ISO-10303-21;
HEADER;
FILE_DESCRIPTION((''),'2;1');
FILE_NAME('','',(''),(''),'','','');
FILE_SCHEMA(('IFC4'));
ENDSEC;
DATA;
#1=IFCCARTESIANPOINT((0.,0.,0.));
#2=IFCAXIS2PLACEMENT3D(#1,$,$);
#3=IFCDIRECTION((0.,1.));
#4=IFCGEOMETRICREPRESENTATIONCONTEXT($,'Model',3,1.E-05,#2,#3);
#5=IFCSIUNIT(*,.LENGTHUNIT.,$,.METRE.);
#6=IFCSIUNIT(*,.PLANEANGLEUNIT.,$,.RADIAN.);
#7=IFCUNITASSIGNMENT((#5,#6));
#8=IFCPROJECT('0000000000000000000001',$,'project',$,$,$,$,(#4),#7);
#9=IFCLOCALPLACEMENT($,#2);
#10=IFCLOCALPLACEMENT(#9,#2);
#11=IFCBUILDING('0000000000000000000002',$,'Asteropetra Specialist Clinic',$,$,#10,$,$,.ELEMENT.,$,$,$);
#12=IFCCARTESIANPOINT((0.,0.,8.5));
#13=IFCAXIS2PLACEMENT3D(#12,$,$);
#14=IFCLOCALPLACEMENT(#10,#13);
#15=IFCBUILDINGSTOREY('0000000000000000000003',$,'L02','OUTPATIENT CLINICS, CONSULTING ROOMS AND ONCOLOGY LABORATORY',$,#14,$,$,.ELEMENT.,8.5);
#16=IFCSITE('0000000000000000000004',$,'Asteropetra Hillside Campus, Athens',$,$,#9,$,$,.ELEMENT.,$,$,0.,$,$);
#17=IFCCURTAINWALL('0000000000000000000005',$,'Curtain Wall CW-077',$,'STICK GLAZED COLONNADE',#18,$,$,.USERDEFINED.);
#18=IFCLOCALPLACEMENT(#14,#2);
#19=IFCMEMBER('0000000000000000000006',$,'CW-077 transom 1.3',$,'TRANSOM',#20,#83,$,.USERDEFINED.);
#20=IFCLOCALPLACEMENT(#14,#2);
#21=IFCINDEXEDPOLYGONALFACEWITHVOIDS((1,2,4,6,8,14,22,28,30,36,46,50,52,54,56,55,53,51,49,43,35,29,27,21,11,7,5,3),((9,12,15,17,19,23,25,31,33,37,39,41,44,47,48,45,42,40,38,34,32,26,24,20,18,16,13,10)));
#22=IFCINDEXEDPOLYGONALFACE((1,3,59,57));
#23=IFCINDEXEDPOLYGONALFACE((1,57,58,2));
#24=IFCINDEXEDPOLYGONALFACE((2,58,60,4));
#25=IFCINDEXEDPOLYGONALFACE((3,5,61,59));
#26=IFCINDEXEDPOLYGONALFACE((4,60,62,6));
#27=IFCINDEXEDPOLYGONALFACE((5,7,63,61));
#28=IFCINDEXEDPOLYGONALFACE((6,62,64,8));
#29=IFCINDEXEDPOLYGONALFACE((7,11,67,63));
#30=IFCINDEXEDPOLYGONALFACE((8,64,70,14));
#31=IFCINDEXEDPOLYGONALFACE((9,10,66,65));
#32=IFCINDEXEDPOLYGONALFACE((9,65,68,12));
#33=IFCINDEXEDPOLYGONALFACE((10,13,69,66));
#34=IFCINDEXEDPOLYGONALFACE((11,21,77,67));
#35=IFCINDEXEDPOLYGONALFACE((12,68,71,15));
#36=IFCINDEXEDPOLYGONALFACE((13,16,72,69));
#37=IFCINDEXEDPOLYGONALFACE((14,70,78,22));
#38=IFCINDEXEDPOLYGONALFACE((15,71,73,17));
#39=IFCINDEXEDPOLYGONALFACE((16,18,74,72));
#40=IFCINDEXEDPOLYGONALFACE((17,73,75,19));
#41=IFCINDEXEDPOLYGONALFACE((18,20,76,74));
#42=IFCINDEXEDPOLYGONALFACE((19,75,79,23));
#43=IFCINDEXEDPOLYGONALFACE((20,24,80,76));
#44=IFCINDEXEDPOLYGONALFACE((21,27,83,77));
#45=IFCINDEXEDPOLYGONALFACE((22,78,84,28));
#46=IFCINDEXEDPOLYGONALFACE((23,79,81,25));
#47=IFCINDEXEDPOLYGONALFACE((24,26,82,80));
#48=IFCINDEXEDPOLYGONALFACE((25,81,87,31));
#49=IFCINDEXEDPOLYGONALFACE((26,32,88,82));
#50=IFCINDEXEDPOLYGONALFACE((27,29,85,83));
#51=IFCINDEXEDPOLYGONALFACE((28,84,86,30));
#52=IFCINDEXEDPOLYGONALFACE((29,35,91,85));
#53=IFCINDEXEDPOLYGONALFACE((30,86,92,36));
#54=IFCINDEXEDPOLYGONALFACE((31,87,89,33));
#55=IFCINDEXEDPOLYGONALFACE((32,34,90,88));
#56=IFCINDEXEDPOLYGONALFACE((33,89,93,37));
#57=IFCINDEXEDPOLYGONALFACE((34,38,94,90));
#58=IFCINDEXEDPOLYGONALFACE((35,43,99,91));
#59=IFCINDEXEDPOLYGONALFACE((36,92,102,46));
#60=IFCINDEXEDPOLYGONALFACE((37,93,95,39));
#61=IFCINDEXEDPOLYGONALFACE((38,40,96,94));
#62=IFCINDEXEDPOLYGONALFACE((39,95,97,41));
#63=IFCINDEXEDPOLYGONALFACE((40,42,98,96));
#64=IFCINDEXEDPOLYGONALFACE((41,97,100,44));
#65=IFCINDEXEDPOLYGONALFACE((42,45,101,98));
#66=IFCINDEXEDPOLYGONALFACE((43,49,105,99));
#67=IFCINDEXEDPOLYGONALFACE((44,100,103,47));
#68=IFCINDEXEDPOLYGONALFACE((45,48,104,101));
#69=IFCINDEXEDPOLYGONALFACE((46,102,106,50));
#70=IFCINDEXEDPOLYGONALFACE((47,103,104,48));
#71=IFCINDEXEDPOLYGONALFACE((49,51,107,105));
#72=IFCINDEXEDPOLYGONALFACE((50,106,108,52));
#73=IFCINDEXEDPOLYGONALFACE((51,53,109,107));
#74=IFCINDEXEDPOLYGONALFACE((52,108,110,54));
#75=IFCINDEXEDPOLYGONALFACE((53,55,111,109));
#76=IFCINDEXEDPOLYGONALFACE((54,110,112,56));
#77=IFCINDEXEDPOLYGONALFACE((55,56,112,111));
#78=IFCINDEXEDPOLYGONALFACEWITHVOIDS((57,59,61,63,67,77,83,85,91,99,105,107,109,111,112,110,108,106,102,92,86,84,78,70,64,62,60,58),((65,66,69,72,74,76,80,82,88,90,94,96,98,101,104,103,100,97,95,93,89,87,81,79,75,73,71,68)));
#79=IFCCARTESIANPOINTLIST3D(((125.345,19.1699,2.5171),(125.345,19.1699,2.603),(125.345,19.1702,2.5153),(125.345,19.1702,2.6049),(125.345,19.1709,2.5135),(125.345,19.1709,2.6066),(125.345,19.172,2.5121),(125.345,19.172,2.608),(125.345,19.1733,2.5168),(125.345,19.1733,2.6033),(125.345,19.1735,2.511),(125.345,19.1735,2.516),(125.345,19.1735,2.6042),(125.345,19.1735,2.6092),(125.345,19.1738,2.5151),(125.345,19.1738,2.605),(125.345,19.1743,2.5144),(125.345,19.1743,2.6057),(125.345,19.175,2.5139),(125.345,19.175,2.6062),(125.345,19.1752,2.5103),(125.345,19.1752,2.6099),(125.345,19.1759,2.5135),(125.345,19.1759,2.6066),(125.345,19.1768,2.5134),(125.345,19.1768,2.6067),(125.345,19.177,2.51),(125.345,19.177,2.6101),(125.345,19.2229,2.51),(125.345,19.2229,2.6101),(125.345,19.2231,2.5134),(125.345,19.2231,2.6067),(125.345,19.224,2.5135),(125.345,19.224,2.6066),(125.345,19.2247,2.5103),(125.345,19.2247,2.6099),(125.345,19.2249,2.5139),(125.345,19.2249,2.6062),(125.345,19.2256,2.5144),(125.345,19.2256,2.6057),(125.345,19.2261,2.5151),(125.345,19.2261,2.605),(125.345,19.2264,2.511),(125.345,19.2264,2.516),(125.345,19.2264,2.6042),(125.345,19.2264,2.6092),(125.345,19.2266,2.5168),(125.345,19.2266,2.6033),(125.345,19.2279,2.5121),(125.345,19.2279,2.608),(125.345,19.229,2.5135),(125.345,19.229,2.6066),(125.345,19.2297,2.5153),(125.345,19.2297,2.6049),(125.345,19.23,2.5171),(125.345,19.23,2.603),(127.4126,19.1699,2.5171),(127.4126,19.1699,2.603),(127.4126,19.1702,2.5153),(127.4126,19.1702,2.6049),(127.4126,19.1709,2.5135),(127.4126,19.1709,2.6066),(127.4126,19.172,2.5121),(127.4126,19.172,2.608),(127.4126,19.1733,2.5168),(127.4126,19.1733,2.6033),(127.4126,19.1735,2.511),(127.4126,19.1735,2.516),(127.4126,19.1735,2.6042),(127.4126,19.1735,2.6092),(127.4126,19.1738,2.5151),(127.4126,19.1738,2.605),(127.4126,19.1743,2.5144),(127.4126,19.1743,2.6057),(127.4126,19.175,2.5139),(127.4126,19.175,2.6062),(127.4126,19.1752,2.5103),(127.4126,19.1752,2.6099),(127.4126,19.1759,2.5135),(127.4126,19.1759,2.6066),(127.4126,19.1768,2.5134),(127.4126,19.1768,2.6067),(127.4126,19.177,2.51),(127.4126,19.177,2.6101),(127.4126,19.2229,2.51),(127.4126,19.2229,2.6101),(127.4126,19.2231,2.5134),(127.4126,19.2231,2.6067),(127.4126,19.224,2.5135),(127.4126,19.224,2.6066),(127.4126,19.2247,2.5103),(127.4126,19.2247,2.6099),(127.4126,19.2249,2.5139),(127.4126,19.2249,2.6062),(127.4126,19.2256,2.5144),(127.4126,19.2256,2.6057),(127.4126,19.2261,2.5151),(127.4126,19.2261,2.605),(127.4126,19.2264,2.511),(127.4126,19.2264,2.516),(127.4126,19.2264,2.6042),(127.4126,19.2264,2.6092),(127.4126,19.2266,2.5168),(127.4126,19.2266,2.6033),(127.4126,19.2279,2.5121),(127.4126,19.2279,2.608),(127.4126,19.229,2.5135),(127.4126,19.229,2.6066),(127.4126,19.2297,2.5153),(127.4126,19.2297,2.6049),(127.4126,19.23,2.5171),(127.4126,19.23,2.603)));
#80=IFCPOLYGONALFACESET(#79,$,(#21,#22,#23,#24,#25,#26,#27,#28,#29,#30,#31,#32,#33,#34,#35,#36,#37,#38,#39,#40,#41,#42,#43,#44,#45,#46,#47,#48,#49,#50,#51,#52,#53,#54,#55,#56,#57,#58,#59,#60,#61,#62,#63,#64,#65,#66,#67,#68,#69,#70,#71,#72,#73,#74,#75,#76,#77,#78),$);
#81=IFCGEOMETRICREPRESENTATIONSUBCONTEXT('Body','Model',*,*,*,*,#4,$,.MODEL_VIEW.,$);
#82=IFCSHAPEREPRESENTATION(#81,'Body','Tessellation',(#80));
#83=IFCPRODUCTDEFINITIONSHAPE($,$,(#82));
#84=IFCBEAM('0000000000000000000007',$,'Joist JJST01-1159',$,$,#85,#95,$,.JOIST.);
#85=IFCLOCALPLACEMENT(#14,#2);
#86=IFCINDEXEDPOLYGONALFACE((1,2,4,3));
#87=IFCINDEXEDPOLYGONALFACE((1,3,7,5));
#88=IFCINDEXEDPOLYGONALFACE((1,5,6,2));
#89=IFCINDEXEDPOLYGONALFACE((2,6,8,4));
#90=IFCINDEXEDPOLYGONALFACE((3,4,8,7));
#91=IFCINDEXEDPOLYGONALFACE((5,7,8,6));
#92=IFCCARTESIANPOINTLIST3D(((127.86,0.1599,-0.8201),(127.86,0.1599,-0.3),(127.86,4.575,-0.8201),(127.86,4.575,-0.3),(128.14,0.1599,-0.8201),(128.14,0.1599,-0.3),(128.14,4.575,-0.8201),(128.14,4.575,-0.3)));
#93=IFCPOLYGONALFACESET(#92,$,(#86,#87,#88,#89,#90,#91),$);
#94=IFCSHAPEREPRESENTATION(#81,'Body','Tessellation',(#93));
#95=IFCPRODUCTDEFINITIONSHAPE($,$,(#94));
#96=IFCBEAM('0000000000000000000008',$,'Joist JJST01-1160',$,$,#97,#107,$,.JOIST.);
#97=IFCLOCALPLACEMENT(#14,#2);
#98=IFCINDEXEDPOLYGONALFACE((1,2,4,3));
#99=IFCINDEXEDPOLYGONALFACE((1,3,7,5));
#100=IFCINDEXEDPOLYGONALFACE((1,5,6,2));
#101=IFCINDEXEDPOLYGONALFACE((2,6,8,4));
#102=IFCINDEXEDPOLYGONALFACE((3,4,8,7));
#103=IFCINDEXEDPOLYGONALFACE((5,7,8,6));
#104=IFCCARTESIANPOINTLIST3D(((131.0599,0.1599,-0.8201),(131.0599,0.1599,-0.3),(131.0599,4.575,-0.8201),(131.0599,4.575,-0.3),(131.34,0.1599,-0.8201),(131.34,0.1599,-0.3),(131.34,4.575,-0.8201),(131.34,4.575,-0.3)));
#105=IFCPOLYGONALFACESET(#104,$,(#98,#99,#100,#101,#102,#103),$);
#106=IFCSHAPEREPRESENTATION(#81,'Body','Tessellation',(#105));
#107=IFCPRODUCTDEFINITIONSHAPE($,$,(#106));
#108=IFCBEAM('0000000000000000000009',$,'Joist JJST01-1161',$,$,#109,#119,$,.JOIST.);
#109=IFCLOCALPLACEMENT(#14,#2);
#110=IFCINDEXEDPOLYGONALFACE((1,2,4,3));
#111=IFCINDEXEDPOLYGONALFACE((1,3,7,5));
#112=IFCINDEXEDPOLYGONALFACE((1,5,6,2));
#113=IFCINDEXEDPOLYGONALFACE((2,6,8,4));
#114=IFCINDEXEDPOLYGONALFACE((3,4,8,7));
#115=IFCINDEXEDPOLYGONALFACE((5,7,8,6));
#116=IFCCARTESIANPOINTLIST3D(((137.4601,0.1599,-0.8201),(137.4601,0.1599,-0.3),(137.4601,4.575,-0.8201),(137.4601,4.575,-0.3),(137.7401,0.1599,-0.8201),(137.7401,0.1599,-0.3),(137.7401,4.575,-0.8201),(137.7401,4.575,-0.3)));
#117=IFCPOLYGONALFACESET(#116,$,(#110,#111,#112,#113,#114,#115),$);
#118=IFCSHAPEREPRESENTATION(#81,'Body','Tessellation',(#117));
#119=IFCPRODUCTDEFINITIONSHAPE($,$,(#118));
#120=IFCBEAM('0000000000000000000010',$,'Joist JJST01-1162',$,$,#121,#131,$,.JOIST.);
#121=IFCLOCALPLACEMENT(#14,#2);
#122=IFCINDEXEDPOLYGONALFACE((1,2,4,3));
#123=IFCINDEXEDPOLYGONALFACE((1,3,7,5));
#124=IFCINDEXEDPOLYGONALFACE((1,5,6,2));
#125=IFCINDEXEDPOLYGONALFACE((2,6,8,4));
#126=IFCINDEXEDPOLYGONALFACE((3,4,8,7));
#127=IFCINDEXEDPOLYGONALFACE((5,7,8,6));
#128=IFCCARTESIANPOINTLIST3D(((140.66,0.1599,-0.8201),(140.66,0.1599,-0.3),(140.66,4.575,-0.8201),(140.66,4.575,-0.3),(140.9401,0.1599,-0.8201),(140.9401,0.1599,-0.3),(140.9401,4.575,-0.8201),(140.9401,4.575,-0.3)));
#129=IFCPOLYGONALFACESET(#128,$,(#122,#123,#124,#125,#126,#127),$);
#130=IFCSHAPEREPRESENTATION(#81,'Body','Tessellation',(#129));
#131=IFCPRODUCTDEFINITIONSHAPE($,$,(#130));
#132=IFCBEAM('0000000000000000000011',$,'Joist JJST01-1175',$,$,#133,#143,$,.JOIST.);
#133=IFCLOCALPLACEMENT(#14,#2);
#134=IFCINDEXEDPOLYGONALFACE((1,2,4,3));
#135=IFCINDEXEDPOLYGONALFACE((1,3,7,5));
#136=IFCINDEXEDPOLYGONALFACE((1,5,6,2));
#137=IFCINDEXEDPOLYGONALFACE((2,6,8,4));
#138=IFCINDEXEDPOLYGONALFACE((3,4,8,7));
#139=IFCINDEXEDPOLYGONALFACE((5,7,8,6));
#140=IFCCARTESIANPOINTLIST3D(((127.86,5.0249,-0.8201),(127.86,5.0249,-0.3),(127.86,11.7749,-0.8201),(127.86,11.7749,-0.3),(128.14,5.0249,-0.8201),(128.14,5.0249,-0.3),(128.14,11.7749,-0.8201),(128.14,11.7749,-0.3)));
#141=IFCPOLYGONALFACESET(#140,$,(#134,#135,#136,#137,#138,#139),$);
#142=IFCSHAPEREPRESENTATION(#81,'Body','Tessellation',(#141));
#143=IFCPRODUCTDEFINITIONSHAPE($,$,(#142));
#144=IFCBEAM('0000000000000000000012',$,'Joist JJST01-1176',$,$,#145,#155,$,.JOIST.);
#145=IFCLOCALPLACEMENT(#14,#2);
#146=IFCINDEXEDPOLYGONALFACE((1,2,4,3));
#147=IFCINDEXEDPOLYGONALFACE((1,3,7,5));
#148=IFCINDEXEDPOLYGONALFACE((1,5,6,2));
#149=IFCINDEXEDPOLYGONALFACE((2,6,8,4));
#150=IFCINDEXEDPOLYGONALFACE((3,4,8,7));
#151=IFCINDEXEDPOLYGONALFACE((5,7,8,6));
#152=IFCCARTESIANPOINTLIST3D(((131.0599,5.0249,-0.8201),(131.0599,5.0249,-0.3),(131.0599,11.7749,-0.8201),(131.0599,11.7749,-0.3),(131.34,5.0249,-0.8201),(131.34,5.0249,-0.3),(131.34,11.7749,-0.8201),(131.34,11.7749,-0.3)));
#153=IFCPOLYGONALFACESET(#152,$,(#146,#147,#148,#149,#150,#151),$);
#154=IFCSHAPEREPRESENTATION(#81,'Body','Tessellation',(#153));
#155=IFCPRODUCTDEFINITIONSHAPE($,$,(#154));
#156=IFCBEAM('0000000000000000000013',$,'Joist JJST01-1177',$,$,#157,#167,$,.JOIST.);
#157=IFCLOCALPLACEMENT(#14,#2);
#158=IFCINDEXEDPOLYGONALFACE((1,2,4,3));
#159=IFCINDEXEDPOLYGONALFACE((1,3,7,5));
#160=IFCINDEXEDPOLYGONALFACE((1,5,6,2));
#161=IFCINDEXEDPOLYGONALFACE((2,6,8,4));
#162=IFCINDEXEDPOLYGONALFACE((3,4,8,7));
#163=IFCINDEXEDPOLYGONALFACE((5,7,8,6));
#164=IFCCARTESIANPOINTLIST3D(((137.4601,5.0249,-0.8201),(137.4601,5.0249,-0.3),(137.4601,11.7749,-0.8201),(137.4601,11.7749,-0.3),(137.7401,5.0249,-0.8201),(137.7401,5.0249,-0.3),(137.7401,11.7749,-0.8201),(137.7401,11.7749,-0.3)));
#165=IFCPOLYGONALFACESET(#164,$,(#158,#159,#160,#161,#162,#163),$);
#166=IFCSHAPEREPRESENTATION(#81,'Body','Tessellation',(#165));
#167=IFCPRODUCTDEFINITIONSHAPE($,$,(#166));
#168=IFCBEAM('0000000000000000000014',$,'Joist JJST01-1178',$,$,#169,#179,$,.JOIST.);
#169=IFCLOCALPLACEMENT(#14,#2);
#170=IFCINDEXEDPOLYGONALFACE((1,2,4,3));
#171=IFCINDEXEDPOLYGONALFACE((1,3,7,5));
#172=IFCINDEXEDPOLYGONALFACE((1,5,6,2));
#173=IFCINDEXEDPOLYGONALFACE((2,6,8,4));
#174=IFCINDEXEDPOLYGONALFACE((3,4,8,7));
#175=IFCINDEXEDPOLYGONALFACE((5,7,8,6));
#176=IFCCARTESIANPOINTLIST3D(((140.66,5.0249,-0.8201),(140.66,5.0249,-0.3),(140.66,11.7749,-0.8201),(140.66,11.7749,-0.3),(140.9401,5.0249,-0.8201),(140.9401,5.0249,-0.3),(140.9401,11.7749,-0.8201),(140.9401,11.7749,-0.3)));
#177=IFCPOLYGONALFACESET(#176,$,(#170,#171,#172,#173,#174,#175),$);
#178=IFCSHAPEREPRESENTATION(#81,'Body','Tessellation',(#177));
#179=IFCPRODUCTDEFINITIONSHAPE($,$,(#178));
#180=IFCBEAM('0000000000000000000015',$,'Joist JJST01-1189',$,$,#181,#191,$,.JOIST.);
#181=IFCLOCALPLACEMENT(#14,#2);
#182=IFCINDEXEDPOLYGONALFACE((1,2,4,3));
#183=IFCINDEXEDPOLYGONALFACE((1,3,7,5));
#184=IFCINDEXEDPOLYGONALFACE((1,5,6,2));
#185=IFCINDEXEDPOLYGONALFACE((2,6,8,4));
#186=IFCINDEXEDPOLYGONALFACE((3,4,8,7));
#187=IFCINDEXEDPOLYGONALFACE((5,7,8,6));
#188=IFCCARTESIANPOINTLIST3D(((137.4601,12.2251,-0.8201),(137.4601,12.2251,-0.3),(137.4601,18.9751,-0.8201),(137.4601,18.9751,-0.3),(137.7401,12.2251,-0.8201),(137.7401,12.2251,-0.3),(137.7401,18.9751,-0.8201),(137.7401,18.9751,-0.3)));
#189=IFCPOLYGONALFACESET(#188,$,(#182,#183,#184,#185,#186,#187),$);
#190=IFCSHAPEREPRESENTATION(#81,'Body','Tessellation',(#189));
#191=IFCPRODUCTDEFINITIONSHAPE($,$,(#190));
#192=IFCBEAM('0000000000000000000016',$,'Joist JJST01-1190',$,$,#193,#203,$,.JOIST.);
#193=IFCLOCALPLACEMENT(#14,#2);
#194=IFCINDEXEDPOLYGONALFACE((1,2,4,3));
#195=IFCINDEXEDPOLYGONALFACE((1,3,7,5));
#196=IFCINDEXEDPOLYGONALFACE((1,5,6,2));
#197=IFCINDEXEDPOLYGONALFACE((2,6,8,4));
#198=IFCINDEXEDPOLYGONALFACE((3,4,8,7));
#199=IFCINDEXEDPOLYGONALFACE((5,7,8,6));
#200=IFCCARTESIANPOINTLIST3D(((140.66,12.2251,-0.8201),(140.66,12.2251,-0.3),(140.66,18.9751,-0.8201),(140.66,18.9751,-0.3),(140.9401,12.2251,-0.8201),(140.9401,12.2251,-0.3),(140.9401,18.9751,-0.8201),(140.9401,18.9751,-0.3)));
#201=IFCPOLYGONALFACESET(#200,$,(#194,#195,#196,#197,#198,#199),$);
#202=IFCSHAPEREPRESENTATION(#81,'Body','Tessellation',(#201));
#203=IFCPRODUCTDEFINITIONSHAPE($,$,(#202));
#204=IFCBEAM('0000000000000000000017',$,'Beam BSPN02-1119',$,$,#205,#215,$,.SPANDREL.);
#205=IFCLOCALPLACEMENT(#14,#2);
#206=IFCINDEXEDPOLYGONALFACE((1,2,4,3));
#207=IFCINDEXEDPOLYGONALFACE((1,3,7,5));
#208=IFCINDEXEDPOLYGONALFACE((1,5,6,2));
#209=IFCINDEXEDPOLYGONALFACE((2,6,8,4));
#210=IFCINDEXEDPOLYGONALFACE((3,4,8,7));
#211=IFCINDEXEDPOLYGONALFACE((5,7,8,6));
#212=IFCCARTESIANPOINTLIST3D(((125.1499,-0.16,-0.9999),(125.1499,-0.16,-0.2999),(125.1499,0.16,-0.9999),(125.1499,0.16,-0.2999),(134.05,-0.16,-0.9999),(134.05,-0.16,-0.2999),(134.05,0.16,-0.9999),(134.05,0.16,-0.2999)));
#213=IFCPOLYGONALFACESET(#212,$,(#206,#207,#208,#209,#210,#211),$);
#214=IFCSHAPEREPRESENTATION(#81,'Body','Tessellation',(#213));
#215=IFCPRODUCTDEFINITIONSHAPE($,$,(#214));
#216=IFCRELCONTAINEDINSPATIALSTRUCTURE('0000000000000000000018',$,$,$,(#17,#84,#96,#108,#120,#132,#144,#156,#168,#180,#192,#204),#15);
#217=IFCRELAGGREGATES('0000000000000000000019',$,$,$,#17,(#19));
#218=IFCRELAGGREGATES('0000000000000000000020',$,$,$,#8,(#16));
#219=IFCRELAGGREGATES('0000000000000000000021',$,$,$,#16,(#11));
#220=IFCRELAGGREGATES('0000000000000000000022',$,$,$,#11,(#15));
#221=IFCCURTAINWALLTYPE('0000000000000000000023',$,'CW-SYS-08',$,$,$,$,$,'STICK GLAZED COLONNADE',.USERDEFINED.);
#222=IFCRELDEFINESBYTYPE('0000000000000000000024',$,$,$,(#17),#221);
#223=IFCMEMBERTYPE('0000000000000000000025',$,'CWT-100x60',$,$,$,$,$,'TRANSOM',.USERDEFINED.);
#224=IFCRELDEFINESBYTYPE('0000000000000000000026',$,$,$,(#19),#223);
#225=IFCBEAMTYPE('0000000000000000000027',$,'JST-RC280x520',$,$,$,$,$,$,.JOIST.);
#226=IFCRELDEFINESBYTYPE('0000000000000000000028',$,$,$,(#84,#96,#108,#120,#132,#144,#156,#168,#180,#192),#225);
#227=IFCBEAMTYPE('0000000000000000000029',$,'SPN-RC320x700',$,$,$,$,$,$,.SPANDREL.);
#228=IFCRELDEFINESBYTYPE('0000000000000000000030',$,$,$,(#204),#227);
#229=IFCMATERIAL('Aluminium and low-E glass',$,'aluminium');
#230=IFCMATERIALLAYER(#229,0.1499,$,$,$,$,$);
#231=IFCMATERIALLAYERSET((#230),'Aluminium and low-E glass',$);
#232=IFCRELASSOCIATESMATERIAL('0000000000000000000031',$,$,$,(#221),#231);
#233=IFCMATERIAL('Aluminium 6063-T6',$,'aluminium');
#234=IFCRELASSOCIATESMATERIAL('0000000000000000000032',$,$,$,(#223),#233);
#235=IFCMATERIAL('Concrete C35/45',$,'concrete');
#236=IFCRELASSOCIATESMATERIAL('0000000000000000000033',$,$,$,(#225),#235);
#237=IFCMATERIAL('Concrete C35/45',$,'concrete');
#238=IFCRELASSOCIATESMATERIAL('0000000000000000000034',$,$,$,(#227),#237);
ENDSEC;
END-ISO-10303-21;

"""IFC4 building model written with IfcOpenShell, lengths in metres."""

from ifc_helpers import new_model, si_unit, direction, frame, origin, origin_2d, place, context, subcontext, project, spatial, rectangle, hollow_rectangle, extrude, material, layer, layer_set, material_profile, profile_set, type_object, element, aggregate, save


model = new_model("IFC4")

# Units and contexts
model_context = context("Model", 3, precision=1e-05, world=origin(), true_north=direction((0.0, 1.0)))
body_context = subcontext(model_context, "Body", "Model", "MODEL_VIEW")
ifc_project = project(units=[si_unit("LENGTHUNIT", "METRE"), si_unit("PLANEANGLEUNIT", "RADIAN")], contexts=[model_context])

# Site, building, storey
site_placement = place(None, origin())
site = spatial("IfcSite", under=ifc_project, at=site_placement, Name="Asteropetra Hillside Campus, Athens", CompositionType="ELEMENT", RefElevation=0.0)
building_placement = place(site_placement, origin())
building = spatial("IfcBuilding", under=site, at=building_placement, Name="Asteropetra Specialist Clinic", CompositionType="ELEMENT")
storey_placement = place(building_placement, frame((0.0, 0.0, 8.5)))
storey = spatial("IfcBuildingStorey", under=building, at=storey_placement, Name="L02", Description="OUTPATIENT CLINICS, CONSULTING ROOMS AND ONCOLOGY LABORATORY", CompositionType="ELEMENT", Elevation=8.5)

# Curtain wall, member
ifc_material_1 = material(Name="Aluminium and low-E glass", Category="aluminium")
ifc_layer_1 = layer(ifc_material_1, 0.1499)
ifc_layer_set_1 = layer_set([ifc_layer_1], Name="Aluminium and low-E glass")
curtain_wall_type = type_object("IfcCurtainWallType", Name="CW-SYS-08", ElementType="STICK GLAZED COLONNADE", PredefinedType="USERDEFINED", material=ifc_layer_set_1)
curtain_wall_placement = place(storey_placement, origin())
curtain_wall = element("IfcCurtainWall", 1, at=curtain_wall_placement, inside=storey, type_object=curtain_wall_type, Name="Curtain Wall CW-077", ObjectType="STICK GLAZED COLONNADE", PredefinedType="USERDEFINED")
ifc_material_2 = material(Name="Aluminium 6063-T6", Category="aluminium")
ifc_material_profile_1 = material_profile(ifc_material_2, hollow_rectangle(XDim=0.0601, YDim=0.1001, WallThickness=0.0034, InnerFilletRadius=0.0034, OuterFilletRadius=0.0071, at=origin_2d()), Name="TRN 100x60x3.5")
ifc_profile_set_1 = profile_set([ifc_material_profile_1], Name="Aluminium 6063-T6")
member_type_1 = type_object("IfcMemberType", Name="CWT-100x60", ElementType="TRANSOM", PredefinedType="USERDEFINED", material=ifc_profile_set_1)
member_1_placement = place(storey_placement, frame((125.345, 19.2, 2.5601), z_axis=(1.0, 0.0, 0.0), x_axis=(0.0, 1.0, 0.0)))
member_1 = element("IfcMember", 2, at=member_1_placement, type_object=member_type_1, Name="CW-077 transom 1.3", ObjectType="TRANSOM", PredefinedType="USERDEFINED", context=body_context, shape_type="SweptSolid", body=[
    extrude(hollow_rectangle(XDim=0.0601, YDim=0.1001, WallThickness=0.0034, InnerFilletRadius=0.0034, OuterFilletRadius=0.0071, at=origin_2d()), origin(), (0.0, 0.0, 1.0), 2.0676),
])
aggregate(curtain_wall, [member_1])

# Beams
ifc_material_3 = material(Name="Concrete C35/45", Category="concrete")
ifc_material_profile_2 = material_profile(ifc_material_3, rectangle(XDim=0.28, YDim=0.52, at=origin_2d()), Name="RCJ 280x520")
ifc_profile_set_2 = profile_set([ifc_material_profile_2], Name="Concrete C35/45")
beam_type_1 = type_object("IfcBeamType", Name="JST-RC280x520", PredefinedType="JOIST", material=ifc_profile_set_2)
for number, where, z_axis, x_axis, name in (
    (3, (128.0, 0.1599, -0.5601), (0.0, 1.0, 0.0), (-1.0, 0.0, 0.0), "Joist JJST01-1159"),
    (4, (131.2, 0.1599, -0.5601), (0.0, 1.0, 0.0), (-1.0, 0.0, 0.0), "Joist JJST01-1160"),
    (5, (137.6001, 0.1599, -0.5601), (0.0, 1.0, 0.0), (-1.0, 0.0, 0.0), "Joist JJST01-1161"),
    (6, (140.8, 0.1599, -0.5601), (0.0, 1.0, 0.0), (-1.0, 0.0, 0.0), "Joist JJST01-1162"),
):
    element("IfcBeam", number, at=place(storey_placement, frame(where, z_axis=z_axis, x_axis=x_axis)), inside=storey, type_object=beam_type_1, Name=name, PredefinedType="JOIST", context=body_context, shape_type="SweptSolid", body=[
        extrude(rectangle(XDim=0.28, YDim=0.52, at=origin_2d()), origin(), (0.0, 0.0, 1.0), 4.415),
    ])
for number, where, z_axis, x_axis, name in (
    (7, (128.0, 5.0249, -0.5601), (0.0, 1.0, 0.0), (-1.0, 0.0, 0.0), "Joist JJST01-1175"),
    (8, (131.2, 5.0249, -0.5601), (0.0, 1.0, 0.0), (-1.0, 0.0, 0.0), "Joist JJST01-1176"),
    (9, (137.6001, 5.0249, -0.5601), (0.0, 1.0, 0.0), (-1.0, 0.0, 0.0), "Joist JJST01-1177"),
    (10, (140.8, 5.0249, -0.5601), (0.0, 1.0, 0.0), (-1.0, 0.0, 0.0), "Joist JJST01-1178"),
    (11, (137.6001, 12.2251, -0.5601), (0.0, 1.0, 0.0), (-1.0, 0.0, 0.0), "Joist JJST01-1189"),
    (12, (140.8, 12.2251, -0.5601), (0.0, 1.0, 0.0), (-1.0, 0.0, 0.0), "Joist JJST01-1190"),
):
    element("IfcBeam", number, at=place(storey_placement, frame(where, z_axis=z_axis, x_axis=x_axis)), inside=storey, type_object=beam_type_1, Name=name, PredefinedType="JOIST", context=body_context, shape_type="SweptSolid", body=[
        extrude(rectangle(XDim=0.28, YDim=0.52, at=origin_2d()), origin(), (0.0, 0.0, 1.0), 6.75),
    ])
ifc_material_4 = material(Name="Concrete C35/45", Category="concrete")
ifc_material_profile_3 = material_profile(ifc_material_4, rectangle(XDim=0.3201, YDim=0.7, at=origin_2d()), Name="RCS 320x700")
ifc_profile_set_3 = profile_set([ifc_material_profile_3], Name="Concrete C35/45")
beam_type_2 = type_object("IfcBeamType", Name="SPN-RC320x700", PredefinedType="SPANDREL", material=ifc_profile_set_3)
beam_1_placement = place(storey_placement, frame((125.1499, 0.0, -0.6499), z_axis=(1.0, 0.0, 0.0), x_axis=(0.0, 1.0, 0.0)))
element("IfcBeam", 13, at=beam_1_placement, inside=storey, type_object=beam_type_2, Name="Beam BSPN02-1119", PredefinedType="SPANDREL", context=body_context, shape_type="SweptSolid", body=[
    extrude(rectangle(XDim=0.3201, YDim=0.7, at=origin_2d()), origin(), (0.0, 0.0, 1.0), 8.9001),
])

save(model, "model.ifc")
